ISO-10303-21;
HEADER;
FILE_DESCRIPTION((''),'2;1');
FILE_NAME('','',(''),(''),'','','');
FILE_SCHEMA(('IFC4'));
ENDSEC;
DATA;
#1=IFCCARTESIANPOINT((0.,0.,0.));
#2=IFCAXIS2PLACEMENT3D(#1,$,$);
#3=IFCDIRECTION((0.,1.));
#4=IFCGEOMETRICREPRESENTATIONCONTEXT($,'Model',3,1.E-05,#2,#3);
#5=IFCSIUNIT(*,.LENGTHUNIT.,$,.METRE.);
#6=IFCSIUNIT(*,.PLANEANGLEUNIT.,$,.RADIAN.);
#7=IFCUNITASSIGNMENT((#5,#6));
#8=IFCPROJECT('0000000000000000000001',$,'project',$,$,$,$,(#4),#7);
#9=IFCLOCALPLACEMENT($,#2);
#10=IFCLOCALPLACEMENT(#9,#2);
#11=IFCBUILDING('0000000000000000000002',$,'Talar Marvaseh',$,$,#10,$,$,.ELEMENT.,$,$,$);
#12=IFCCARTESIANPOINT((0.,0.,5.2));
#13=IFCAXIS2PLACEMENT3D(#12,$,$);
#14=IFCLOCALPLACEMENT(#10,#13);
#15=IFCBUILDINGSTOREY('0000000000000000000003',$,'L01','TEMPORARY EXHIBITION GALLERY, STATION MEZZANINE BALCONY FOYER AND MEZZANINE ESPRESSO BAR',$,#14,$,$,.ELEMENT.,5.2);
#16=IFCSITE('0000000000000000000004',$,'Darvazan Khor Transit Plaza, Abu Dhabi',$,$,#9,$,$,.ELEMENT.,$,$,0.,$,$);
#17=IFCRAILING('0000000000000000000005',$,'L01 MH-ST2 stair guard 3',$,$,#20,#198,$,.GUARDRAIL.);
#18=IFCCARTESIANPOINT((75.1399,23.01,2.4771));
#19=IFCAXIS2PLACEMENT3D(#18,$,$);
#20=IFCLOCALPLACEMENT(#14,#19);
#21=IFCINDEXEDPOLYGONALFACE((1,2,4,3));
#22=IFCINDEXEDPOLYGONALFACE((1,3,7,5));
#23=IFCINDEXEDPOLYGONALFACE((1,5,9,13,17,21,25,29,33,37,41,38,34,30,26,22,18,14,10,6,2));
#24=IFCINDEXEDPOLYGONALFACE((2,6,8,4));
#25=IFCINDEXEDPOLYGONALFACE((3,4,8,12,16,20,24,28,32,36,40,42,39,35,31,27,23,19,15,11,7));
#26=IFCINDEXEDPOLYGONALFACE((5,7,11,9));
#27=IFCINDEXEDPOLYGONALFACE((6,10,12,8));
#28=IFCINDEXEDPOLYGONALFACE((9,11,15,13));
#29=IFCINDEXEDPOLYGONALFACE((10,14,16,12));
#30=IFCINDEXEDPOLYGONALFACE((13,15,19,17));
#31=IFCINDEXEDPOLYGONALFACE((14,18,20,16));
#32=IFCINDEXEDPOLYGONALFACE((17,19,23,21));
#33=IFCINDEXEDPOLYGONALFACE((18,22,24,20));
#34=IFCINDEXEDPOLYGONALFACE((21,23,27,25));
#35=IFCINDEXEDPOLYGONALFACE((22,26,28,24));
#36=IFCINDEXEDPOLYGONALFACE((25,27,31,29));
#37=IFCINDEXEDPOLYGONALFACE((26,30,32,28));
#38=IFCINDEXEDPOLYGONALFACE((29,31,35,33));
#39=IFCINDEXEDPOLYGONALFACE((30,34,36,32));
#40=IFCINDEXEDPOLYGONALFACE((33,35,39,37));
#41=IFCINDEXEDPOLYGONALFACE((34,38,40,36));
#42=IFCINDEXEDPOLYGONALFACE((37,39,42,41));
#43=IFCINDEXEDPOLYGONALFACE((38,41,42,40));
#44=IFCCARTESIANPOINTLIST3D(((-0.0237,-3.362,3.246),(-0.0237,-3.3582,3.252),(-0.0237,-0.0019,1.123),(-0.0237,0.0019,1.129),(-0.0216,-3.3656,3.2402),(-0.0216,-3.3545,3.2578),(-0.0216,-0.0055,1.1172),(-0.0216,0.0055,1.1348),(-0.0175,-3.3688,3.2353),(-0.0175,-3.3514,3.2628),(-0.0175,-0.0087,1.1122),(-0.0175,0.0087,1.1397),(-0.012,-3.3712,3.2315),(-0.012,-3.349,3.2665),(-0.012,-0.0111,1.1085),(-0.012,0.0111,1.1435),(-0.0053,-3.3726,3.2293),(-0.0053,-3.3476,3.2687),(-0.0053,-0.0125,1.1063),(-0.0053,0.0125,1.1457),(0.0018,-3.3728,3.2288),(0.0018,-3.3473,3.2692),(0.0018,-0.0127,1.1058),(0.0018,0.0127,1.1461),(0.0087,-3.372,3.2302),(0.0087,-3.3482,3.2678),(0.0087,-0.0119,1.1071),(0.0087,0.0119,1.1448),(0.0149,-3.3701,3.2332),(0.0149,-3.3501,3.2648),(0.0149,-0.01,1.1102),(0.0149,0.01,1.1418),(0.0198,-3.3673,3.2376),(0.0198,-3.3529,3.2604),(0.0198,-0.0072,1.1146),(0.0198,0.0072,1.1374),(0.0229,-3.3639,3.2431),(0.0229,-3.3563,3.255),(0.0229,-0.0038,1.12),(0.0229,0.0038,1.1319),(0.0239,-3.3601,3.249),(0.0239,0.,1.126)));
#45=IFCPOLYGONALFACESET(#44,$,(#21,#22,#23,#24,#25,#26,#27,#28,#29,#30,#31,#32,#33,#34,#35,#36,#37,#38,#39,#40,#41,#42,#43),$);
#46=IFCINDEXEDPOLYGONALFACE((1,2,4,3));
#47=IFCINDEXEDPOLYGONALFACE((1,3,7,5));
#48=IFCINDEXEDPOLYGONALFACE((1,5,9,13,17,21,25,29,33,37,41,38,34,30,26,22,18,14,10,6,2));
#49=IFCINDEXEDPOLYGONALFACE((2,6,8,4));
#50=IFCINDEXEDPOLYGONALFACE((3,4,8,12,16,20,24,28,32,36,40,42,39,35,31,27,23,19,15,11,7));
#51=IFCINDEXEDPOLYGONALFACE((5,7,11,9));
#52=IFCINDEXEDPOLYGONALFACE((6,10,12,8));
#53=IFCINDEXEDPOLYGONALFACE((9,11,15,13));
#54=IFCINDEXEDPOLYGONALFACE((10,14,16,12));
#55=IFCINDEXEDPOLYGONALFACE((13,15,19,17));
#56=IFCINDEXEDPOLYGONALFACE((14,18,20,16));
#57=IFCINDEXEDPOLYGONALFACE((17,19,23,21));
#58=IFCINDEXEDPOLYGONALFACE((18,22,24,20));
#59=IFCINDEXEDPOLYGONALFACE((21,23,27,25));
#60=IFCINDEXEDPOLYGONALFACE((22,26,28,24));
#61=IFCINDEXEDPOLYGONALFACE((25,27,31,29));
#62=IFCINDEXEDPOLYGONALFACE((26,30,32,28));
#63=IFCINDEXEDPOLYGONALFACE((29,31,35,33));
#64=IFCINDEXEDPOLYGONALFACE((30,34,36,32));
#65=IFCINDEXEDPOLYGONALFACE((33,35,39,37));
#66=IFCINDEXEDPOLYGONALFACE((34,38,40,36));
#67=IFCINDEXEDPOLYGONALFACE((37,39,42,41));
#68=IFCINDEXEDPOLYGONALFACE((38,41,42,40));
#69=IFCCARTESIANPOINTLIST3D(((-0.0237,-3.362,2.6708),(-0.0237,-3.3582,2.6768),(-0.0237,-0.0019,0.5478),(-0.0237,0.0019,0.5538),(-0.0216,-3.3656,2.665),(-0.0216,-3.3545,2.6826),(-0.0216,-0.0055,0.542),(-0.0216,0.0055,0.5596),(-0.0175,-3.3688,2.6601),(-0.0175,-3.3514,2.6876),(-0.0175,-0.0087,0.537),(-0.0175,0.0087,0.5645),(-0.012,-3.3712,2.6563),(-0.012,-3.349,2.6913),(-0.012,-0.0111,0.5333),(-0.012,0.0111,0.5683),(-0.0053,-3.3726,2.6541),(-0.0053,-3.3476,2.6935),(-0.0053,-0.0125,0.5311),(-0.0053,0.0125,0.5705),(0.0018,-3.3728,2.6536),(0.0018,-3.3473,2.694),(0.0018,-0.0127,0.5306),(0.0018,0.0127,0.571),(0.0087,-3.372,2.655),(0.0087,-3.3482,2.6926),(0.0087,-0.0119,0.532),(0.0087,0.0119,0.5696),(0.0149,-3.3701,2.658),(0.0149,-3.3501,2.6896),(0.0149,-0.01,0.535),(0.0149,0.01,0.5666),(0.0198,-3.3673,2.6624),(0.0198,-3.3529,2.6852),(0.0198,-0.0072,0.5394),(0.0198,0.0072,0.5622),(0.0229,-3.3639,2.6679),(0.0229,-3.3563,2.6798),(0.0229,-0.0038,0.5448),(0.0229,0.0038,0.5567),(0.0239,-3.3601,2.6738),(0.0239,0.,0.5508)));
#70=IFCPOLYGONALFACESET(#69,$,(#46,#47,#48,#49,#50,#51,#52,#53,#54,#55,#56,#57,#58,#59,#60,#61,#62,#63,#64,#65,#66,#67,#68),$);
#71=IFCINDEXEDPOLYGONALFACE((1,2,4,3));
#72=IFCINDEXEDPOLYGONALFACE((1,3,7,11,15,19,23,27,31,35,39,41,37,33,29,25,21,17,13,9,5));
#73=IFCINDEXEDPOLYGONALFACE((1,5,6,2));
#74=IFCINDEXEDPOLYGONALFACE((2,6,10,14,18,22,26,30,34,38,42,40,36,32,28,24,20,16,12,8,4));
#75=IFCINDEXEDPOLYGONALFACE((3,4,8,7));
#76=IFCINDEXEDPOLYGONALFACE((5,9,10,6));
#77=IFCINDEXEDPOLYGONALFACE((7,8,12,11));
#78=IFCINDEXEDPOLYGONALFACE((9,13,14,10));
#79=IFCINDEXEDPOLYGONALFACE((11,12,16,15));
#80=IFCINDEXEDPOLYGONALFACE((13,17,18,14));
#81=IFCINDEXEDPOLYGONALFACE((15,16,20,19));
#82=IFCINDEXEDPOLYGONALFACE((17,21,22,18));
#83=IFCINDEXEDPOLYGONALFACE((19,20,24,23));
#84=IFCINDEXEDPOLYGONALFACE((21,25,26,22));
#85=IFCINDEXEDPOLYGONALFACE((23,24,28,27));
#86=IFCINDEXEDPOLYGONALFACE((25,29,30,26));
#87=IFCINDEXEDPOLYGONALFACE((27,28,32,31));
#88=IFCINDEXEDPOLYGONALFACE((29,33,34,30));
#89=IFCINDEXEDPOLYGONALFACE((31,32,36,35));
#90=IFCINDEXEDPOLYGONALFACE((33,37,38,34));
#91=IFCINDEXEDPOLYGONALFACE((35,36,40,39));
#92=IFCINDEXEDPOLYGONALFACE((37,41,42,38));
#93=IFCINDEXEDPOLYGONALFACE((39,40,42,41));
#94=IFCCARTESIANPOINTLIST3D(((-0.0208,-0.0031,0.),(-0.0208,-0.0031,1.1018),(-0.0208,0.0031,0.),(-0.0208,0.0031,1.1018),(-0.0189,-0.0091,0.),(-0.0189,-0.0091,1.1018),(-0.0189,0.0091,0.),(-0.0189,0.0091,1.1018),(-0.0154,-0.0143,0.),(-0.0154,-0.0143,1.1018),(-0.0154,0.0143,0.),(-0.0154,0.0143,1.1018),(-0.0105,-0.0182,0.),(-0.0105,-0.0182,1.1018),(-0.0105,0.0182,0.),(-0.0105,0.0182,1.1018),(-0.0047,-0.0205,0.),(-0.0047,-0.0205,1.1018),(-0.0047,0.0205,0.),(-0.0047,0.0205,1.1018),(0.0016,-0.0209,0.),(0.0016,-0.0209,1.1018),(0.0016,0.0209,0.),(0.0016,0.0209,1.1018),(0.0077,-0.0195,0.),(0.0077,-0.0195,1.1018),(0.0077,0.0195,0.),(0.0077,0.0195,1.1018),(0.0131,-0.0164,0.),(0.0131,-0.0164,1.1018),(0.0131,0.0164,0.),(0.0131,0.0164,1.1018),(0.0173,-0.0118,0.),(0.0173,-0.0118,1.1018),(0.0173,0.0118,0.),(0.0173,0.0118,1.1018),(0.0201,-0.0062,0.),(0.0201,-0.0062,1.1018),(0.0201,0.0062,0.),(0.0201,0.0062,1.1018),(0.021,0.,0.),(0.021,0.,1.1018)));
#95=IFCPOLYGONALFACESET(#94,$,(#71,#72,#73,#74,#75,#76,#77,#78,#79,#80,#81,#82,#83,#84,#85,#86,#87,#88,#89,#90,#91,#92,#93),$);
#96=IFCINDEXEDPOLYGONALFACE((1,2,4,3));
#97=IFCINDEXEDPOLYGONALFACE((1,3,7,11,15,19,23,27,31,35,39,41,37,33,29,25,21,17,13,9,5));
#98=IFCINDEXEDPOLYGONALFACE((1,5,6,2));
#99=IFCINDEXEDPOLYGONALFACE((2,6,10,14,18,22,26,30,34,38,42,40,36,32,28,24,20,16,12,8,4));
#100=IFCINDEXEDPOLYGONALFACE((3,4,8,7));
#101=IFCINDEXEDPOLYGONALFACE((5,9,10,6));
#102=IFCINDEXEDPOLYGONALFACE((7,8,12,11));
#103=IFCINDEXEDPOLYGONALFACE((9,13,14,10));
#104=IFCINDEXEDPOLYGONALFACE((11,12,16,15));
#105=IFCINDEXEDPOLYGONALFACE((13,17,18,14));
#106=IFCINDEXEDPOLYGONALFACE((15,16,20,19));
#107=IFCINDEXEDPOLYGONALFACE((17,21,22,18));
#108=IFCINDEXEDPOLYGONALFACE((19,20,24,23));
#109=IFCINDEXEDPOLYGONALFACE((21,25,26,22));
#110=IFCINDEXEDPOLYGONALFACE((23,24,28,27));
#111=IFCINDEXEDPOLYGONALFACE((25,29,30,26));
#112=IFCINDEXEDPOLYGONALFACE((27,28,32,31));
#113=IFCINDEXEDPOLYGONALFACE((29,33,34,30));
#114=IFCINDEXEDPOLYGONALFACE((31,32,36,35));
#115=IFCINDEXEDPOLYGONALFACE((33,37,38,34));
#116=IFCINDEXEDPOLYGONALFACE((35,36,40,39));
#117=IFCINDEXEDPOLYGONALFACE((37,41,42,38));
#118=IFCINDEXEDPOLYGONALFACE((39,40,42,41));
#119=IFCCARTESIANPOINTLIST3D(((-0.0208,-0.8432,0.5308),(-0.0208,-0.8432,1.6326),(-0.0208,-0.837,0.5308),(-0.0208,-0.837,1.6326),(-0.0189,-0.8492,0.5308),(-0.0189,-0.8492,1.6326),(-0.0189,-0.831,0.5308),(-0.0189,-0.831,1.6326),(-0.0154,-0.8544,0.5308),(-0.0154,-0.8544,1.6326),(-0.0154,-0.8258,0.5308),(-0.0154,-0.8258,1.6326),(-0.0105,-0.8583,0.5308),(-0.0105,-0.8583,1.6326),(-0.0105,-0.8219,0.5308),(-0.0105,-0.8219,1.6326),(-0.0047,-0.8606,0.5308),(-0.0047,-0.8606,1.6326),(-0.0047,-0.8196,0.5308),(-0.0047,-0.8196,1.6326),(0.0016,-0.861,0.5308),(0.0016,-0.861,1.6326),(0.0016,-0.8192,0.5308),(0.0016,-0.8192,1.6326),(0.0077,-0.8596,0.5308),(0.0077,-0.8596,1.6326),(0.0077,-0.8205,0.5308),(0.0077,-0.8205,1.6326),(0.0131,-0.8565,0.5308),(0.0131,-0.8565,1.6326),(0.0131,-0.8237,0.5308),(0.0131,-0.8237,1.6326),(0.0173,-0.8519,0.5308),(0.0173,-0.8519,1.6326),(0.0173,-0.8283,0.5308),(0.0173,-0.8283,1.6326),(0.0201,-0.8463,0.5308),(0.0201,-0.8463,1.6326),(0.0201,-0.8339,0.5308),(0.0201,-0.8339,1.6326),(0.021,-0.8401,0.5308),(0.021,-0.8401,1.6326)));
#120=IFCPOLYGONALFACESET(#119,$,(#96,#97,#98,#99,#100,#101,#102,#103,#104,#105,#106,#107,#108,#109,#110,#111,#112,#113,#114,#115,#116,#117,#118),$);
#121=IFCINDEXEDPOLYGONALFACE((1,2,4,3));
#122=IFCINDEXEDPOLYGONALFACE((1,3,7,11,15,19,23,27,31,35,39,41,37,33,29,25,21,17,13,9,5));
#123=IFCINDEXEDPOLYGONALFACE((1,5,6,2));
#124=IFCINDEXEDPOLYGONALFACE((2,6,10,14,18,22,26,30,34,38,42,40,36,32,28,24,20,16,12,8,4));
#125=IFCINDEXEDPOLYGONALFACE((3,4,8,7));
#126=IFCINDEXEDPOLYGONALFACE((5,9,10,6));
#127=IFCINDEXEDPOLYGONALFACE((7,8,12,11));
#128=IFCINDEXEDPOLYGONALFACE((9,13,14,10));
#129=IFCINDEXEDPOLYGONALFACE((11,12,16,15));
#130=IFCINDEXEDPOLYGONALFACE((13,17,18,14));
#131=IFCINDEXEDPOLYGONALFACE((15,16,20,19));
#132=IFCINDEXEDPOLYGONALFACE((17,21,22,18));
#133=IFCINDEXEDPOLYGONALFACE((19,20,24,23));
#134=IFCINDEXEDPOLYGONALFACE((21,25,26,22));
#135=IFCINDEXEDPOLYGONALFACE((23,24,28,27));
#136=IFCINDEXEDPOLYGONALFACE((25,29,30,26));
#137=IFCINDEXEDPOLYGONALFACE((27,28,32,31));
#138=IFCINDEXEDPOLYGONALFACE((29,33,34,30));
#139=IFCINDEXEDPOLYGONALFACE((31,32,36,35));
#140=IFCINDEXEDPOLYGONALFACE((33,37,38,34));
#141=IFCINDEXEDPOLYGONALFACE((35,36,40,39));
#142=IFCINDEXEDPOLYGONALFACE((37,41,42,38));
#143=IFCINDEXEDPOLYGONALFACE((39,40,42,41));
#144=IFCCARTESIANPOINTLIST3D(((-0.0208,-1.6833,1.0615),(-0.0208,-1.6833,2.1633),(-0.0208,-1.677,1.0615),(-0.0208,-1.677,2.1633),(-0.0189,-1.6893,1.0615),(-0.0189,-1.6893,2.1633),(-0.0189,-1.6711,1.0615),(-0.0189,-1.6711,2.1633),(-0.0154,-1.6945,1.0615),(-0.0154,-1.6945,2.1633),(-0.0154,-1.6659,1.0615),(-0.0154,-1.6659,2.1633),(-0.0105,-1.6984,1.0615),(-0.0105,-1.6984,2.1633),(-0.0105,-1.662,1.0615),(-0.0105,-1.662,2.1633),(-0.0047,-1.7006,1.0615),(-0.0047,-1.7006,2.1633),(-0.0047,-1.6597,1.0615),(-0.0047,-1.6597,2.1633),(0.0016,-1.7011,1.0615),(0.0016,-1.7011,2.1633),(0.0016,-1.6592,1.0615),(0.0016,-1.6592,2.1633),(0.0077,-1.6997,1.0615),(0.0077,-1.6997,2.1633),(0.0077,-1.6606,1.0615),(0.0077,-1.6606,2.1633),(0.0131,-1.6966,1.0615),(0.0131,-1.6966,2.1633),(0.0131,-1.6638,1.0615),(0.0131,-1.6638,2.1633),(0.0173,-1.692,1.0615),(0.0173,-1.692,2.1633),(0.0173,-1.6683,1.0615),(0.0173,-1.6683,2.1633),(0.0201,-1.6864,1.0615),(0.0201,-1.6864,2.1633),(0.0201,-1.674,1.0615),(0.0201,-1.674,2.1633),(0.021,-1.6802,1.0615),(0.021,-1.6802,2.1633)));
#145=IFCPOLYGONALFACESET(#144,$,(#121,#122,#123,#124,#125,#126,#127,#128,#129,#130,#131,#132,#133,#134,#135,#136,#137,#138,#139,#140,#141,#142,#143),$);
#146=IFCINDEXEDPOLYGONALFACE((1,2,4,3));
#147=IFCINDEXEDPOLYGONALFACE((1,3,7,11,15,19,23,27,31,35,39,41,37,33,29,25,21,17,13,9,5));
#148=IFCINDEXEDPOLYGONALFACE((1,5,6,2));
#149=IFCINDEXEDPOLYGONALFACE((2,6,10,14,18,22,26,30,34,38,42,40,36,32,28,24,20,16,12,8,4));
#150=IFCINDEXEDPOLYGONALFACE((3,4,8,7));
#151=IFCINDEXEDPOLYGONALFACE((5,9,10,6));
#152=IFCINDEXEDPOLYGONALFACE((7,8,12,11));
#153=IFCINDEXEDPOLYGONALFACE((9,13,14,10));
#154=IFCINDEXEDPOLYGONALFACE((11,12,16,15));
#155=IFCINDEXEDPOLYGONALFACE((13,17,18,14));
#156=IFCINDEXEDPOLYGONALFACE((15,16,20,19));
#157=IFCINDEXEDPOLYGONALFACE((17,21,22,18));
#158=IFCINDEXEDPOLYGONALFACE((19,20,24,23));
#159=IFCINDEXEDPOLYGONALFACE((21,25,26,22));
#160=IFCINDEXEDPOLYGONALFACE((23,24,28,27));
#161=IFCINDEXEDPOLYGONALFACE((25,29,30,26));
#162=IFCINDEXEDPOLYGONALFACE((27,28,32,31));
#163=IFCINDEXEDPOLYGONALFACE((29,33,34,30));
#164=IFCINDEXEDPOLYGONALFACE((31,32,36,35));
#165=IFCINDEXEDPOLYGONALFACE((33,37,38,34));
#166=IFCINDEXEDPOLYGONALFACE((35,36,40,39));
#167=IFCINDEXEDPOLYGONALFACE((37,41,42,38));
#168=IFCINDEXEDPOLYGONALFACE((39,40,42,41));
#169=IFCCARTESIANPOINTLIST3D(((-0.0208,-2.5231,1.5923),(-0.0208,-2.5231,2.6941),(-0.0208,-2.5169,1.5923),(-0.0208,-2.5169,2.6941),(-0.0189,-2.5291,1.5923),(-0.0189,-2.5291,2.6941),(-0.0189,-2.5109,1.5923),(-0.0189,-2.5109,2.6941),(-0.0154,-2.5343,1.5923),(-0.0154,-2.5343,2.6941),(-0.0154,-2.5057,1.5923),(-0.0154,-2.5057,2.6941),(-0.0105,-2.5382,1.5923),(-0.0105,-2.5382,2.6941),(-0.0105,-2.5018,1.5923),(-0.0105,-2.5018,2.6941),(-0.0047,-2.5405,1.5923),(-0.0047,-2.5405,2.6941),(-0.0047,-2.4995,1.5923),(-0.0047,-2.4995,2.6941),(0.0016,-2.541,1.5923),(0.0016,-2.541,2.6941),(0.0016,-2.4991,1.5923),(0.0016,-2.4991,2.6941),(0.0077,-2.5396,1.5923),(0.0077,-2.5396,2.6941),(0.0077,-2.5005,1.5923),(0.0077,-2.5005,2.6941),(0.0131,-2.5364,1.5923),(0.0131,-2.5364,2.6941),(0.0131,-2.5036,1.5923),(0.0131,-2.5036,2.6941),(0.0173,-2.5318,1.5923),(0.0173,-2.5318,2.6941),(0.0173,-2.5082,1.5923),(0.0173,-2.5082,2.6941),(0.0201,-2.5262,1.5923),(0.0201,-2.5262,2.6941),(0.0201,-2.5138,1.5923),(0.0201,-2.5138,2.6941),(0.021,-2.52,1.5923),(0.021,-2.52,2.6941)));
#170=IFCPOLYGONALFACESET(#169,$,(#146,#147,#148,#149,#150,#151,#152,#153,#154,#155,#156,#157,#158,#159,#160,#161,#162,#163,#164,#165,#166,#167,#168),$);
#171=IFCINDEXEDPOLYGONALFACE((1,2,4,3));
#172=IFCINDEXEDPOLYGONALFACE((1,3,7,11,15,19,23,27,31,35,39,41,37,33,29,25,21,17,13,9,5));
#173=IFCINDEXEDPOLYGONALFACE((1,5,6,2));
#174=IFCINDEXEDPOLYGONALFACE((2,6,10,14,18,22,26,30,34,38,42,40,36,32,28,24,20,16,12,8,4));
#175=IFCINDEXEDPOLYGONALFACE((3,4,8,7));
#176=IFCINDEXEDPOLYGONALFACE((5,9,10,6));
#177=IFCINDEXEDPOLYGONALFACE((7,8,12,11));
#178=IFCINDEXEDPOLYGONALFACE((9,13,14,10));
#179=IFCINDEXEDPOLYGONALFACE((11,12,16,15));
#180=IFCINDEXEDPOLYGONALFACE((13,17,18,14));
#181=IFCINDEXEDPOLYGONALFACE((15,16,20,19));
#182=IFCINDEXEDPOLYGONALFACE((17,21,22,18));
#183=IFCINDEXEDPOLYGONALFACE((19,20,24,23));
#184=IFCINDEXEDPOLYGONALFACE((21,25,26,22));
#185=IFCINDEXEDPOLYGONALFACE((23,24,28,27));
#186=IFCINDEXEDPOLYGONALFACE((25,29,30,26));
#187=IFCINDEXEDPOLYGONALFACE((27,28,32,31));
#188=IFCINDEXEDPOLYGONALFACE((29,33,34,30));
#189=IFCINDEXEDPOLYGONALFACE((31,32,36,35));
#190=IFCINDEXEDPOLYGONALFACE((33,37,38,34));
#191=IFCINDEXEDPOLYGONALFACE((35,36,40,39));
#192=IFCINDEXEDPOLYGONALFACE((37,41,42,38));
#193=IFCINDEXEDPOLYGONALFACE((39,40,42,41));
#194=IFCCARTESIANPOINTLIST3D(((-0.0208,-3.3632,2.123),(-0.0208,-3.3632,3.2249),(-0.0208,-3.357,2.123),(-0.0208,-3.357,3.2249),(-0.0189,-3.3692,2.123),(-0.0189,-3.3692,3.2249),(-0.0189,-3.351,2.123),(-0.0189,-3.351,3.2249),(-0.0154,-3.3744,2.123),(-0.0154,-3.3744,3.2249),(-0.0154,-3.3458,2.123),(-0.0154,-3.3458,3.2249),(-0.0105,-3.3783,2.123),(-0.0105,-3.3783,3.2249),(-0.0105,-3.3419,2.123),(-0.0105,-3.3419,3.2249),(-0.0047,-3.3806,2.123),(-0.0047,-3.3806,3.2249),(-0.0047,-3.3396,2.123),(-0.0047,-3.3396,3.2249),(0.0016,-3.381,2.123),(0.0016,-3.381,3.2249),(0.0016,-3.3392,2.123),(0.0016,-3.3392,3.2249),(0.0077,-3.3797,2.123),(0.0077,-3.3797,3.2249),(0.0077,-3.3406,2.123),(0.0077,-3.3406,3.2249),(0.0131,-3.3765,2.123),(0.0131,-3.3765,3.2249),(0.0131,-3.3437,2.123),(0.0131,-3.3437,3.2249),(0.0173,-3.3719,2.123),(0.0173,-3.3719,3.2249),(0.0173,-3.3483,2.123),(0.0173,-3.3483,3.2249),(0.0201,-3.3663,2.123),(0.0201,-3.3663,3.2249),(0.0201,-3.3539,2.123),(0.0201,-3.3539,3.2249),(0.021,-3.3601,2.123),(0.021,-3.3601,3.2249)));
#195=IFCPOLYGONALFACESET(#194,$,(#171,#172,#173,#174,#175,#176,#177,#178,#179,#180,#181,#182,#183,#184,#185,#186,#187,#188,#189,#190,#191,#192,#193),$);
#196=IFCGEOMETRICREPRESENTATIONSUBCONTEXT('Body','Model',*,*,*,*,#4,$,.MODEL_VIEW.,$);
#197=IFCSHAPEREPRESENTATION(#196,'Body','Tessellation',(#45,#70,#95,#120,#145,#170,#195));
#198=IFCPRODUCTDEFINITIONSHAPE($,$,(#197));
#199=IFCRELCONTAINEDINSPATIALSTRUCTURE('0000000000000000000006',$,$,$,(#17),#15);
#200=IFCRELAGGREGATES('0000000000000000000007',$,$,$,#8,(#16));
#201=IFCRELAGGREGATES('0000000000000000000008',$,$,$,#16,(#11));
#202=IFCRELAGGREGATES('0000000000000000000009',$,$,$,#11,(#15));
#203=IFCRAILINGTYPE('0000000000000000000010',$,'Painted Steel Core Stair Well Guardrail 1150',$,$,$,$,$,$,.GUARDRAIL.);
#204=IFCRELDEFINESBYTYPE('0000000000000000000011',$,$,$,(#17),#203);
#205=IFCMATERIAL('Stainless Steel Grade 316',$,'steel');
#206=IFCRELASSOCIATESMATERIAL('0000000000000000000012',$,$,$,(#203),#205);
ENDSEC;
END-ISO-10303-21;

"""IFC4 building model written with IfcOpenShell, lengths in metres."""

from ifc_helpers import new_model, si_unit, direction, frame, origin, origin_2d, place, context, subcontext, project, spatial, circle, extrude, material, type_object, element, save


model = new_model("IFC4")

# Units and contexts
model_context = context("Model", 3, precision=1e-05, world=origin(), true_north=direction((0.0, 1.0)))
body_context = subcontext(model_context, "Body", "Model", "MODEL_VIEW")
ifc_project = project(units=[si_unit("LENGTHUNIT", "METRE"), si_unit("PLANEANGLEUNIT", "RADIAN")], contexts=[model_context])

# Site, building, storey
site_placement = place(None, origin())
site = spatial("IfcSite", under=ifc_project, at=site_placement, Name="Darvazan Khor Transit Plaza, Abu Dhabi", CompositionType="ELEMENT", RefElevation=0.0)
building_placement = place(site_placement, origin())
building = spatial("IfcBuilding", under=site, at=building_placement, Name="Talar Marvaseh", CompositionType="ELEMENT")
storey_placement = place(building_placement, frame((0.0, 0.0, 5.2)))
storey = spatial("IfcBuildingStorey", under=building, at=storey_placement, Name="L01", Description="TEMPORARY EXHIBITION GALLERY, STATION MEZZANINE BALCONY FOYER AND MEZZANINE ESPRESSO BAR", CompositionType="ELEMENT", Elevation=5.2)

# Railing
ifc_material_1 = material(Name="Stainless Steel Grade 316", Category="steel")
railing_type_1 = type_object("IfcRailingType", Name="Painted Steel Core Stair Well Guardrail 1150", PredefinedType="GUARDRAIL", material=ifc_material_1)
railing_1_placement = place(storey_placement, frame((75.1399, 23.01, 2.4771)))
element("IfcRailing", 1, at=railing_1_placement, inside=storey, type_object=railing_type_1, Name="L01 MH-ST2 stair guard 3", PredefinedType="GUARDRAIL", context=body_context, shape_type="SweptSolid", body=[
    extrude(circle(Radius=0.0239, at=origin_2d()), frame((0.0, 0.0, 1.126), z_axis=(0.0, -0.84539, 0.53415), x_axis=(1.0, 0.0, 0.0)), (0.0, 0.0, 1.0), 3.9746),
    extrude(circle(Radius=0.0239, at=origin_2d()), frame((0.0, 0.0, 0.5508), z_axis=(0.0, -0.84539, 0.53415), x_axis=(1.0, 0.0, 0.0)), (0.0, 0.0, 1.0), 3.9746),
    extrude(circle(Radius=0.021, at=origin_2d()), origin(), (0.0, 0.0, 1.0), 1.1018),
    extrude(circle(Radius=0.021, at=origin_2d()), frame((0.0, -0.8401, 0.5308)), (0.0, 0.0, 1.0), 1.1018),
    extrude(circle(Radius=0.021, at=origin_2d()), frame((0.0, -1.6802, 1.0615)), (0.0, 0.0, 1.0), 1.1018),
    extrude(circle(Radius=0.021, at=origin_2d()), frame((0.0, -2.52, 1.5923)), (0.0, 0.0, 1.0), 1.1018),
    extrude(circle(Radius=0.021, at=origin_2d()), frame((0.0, -3.3601, 2.123)), (0.0, 0.0, 1.0), 1.1018),
])

save(model, "model.ifc")
